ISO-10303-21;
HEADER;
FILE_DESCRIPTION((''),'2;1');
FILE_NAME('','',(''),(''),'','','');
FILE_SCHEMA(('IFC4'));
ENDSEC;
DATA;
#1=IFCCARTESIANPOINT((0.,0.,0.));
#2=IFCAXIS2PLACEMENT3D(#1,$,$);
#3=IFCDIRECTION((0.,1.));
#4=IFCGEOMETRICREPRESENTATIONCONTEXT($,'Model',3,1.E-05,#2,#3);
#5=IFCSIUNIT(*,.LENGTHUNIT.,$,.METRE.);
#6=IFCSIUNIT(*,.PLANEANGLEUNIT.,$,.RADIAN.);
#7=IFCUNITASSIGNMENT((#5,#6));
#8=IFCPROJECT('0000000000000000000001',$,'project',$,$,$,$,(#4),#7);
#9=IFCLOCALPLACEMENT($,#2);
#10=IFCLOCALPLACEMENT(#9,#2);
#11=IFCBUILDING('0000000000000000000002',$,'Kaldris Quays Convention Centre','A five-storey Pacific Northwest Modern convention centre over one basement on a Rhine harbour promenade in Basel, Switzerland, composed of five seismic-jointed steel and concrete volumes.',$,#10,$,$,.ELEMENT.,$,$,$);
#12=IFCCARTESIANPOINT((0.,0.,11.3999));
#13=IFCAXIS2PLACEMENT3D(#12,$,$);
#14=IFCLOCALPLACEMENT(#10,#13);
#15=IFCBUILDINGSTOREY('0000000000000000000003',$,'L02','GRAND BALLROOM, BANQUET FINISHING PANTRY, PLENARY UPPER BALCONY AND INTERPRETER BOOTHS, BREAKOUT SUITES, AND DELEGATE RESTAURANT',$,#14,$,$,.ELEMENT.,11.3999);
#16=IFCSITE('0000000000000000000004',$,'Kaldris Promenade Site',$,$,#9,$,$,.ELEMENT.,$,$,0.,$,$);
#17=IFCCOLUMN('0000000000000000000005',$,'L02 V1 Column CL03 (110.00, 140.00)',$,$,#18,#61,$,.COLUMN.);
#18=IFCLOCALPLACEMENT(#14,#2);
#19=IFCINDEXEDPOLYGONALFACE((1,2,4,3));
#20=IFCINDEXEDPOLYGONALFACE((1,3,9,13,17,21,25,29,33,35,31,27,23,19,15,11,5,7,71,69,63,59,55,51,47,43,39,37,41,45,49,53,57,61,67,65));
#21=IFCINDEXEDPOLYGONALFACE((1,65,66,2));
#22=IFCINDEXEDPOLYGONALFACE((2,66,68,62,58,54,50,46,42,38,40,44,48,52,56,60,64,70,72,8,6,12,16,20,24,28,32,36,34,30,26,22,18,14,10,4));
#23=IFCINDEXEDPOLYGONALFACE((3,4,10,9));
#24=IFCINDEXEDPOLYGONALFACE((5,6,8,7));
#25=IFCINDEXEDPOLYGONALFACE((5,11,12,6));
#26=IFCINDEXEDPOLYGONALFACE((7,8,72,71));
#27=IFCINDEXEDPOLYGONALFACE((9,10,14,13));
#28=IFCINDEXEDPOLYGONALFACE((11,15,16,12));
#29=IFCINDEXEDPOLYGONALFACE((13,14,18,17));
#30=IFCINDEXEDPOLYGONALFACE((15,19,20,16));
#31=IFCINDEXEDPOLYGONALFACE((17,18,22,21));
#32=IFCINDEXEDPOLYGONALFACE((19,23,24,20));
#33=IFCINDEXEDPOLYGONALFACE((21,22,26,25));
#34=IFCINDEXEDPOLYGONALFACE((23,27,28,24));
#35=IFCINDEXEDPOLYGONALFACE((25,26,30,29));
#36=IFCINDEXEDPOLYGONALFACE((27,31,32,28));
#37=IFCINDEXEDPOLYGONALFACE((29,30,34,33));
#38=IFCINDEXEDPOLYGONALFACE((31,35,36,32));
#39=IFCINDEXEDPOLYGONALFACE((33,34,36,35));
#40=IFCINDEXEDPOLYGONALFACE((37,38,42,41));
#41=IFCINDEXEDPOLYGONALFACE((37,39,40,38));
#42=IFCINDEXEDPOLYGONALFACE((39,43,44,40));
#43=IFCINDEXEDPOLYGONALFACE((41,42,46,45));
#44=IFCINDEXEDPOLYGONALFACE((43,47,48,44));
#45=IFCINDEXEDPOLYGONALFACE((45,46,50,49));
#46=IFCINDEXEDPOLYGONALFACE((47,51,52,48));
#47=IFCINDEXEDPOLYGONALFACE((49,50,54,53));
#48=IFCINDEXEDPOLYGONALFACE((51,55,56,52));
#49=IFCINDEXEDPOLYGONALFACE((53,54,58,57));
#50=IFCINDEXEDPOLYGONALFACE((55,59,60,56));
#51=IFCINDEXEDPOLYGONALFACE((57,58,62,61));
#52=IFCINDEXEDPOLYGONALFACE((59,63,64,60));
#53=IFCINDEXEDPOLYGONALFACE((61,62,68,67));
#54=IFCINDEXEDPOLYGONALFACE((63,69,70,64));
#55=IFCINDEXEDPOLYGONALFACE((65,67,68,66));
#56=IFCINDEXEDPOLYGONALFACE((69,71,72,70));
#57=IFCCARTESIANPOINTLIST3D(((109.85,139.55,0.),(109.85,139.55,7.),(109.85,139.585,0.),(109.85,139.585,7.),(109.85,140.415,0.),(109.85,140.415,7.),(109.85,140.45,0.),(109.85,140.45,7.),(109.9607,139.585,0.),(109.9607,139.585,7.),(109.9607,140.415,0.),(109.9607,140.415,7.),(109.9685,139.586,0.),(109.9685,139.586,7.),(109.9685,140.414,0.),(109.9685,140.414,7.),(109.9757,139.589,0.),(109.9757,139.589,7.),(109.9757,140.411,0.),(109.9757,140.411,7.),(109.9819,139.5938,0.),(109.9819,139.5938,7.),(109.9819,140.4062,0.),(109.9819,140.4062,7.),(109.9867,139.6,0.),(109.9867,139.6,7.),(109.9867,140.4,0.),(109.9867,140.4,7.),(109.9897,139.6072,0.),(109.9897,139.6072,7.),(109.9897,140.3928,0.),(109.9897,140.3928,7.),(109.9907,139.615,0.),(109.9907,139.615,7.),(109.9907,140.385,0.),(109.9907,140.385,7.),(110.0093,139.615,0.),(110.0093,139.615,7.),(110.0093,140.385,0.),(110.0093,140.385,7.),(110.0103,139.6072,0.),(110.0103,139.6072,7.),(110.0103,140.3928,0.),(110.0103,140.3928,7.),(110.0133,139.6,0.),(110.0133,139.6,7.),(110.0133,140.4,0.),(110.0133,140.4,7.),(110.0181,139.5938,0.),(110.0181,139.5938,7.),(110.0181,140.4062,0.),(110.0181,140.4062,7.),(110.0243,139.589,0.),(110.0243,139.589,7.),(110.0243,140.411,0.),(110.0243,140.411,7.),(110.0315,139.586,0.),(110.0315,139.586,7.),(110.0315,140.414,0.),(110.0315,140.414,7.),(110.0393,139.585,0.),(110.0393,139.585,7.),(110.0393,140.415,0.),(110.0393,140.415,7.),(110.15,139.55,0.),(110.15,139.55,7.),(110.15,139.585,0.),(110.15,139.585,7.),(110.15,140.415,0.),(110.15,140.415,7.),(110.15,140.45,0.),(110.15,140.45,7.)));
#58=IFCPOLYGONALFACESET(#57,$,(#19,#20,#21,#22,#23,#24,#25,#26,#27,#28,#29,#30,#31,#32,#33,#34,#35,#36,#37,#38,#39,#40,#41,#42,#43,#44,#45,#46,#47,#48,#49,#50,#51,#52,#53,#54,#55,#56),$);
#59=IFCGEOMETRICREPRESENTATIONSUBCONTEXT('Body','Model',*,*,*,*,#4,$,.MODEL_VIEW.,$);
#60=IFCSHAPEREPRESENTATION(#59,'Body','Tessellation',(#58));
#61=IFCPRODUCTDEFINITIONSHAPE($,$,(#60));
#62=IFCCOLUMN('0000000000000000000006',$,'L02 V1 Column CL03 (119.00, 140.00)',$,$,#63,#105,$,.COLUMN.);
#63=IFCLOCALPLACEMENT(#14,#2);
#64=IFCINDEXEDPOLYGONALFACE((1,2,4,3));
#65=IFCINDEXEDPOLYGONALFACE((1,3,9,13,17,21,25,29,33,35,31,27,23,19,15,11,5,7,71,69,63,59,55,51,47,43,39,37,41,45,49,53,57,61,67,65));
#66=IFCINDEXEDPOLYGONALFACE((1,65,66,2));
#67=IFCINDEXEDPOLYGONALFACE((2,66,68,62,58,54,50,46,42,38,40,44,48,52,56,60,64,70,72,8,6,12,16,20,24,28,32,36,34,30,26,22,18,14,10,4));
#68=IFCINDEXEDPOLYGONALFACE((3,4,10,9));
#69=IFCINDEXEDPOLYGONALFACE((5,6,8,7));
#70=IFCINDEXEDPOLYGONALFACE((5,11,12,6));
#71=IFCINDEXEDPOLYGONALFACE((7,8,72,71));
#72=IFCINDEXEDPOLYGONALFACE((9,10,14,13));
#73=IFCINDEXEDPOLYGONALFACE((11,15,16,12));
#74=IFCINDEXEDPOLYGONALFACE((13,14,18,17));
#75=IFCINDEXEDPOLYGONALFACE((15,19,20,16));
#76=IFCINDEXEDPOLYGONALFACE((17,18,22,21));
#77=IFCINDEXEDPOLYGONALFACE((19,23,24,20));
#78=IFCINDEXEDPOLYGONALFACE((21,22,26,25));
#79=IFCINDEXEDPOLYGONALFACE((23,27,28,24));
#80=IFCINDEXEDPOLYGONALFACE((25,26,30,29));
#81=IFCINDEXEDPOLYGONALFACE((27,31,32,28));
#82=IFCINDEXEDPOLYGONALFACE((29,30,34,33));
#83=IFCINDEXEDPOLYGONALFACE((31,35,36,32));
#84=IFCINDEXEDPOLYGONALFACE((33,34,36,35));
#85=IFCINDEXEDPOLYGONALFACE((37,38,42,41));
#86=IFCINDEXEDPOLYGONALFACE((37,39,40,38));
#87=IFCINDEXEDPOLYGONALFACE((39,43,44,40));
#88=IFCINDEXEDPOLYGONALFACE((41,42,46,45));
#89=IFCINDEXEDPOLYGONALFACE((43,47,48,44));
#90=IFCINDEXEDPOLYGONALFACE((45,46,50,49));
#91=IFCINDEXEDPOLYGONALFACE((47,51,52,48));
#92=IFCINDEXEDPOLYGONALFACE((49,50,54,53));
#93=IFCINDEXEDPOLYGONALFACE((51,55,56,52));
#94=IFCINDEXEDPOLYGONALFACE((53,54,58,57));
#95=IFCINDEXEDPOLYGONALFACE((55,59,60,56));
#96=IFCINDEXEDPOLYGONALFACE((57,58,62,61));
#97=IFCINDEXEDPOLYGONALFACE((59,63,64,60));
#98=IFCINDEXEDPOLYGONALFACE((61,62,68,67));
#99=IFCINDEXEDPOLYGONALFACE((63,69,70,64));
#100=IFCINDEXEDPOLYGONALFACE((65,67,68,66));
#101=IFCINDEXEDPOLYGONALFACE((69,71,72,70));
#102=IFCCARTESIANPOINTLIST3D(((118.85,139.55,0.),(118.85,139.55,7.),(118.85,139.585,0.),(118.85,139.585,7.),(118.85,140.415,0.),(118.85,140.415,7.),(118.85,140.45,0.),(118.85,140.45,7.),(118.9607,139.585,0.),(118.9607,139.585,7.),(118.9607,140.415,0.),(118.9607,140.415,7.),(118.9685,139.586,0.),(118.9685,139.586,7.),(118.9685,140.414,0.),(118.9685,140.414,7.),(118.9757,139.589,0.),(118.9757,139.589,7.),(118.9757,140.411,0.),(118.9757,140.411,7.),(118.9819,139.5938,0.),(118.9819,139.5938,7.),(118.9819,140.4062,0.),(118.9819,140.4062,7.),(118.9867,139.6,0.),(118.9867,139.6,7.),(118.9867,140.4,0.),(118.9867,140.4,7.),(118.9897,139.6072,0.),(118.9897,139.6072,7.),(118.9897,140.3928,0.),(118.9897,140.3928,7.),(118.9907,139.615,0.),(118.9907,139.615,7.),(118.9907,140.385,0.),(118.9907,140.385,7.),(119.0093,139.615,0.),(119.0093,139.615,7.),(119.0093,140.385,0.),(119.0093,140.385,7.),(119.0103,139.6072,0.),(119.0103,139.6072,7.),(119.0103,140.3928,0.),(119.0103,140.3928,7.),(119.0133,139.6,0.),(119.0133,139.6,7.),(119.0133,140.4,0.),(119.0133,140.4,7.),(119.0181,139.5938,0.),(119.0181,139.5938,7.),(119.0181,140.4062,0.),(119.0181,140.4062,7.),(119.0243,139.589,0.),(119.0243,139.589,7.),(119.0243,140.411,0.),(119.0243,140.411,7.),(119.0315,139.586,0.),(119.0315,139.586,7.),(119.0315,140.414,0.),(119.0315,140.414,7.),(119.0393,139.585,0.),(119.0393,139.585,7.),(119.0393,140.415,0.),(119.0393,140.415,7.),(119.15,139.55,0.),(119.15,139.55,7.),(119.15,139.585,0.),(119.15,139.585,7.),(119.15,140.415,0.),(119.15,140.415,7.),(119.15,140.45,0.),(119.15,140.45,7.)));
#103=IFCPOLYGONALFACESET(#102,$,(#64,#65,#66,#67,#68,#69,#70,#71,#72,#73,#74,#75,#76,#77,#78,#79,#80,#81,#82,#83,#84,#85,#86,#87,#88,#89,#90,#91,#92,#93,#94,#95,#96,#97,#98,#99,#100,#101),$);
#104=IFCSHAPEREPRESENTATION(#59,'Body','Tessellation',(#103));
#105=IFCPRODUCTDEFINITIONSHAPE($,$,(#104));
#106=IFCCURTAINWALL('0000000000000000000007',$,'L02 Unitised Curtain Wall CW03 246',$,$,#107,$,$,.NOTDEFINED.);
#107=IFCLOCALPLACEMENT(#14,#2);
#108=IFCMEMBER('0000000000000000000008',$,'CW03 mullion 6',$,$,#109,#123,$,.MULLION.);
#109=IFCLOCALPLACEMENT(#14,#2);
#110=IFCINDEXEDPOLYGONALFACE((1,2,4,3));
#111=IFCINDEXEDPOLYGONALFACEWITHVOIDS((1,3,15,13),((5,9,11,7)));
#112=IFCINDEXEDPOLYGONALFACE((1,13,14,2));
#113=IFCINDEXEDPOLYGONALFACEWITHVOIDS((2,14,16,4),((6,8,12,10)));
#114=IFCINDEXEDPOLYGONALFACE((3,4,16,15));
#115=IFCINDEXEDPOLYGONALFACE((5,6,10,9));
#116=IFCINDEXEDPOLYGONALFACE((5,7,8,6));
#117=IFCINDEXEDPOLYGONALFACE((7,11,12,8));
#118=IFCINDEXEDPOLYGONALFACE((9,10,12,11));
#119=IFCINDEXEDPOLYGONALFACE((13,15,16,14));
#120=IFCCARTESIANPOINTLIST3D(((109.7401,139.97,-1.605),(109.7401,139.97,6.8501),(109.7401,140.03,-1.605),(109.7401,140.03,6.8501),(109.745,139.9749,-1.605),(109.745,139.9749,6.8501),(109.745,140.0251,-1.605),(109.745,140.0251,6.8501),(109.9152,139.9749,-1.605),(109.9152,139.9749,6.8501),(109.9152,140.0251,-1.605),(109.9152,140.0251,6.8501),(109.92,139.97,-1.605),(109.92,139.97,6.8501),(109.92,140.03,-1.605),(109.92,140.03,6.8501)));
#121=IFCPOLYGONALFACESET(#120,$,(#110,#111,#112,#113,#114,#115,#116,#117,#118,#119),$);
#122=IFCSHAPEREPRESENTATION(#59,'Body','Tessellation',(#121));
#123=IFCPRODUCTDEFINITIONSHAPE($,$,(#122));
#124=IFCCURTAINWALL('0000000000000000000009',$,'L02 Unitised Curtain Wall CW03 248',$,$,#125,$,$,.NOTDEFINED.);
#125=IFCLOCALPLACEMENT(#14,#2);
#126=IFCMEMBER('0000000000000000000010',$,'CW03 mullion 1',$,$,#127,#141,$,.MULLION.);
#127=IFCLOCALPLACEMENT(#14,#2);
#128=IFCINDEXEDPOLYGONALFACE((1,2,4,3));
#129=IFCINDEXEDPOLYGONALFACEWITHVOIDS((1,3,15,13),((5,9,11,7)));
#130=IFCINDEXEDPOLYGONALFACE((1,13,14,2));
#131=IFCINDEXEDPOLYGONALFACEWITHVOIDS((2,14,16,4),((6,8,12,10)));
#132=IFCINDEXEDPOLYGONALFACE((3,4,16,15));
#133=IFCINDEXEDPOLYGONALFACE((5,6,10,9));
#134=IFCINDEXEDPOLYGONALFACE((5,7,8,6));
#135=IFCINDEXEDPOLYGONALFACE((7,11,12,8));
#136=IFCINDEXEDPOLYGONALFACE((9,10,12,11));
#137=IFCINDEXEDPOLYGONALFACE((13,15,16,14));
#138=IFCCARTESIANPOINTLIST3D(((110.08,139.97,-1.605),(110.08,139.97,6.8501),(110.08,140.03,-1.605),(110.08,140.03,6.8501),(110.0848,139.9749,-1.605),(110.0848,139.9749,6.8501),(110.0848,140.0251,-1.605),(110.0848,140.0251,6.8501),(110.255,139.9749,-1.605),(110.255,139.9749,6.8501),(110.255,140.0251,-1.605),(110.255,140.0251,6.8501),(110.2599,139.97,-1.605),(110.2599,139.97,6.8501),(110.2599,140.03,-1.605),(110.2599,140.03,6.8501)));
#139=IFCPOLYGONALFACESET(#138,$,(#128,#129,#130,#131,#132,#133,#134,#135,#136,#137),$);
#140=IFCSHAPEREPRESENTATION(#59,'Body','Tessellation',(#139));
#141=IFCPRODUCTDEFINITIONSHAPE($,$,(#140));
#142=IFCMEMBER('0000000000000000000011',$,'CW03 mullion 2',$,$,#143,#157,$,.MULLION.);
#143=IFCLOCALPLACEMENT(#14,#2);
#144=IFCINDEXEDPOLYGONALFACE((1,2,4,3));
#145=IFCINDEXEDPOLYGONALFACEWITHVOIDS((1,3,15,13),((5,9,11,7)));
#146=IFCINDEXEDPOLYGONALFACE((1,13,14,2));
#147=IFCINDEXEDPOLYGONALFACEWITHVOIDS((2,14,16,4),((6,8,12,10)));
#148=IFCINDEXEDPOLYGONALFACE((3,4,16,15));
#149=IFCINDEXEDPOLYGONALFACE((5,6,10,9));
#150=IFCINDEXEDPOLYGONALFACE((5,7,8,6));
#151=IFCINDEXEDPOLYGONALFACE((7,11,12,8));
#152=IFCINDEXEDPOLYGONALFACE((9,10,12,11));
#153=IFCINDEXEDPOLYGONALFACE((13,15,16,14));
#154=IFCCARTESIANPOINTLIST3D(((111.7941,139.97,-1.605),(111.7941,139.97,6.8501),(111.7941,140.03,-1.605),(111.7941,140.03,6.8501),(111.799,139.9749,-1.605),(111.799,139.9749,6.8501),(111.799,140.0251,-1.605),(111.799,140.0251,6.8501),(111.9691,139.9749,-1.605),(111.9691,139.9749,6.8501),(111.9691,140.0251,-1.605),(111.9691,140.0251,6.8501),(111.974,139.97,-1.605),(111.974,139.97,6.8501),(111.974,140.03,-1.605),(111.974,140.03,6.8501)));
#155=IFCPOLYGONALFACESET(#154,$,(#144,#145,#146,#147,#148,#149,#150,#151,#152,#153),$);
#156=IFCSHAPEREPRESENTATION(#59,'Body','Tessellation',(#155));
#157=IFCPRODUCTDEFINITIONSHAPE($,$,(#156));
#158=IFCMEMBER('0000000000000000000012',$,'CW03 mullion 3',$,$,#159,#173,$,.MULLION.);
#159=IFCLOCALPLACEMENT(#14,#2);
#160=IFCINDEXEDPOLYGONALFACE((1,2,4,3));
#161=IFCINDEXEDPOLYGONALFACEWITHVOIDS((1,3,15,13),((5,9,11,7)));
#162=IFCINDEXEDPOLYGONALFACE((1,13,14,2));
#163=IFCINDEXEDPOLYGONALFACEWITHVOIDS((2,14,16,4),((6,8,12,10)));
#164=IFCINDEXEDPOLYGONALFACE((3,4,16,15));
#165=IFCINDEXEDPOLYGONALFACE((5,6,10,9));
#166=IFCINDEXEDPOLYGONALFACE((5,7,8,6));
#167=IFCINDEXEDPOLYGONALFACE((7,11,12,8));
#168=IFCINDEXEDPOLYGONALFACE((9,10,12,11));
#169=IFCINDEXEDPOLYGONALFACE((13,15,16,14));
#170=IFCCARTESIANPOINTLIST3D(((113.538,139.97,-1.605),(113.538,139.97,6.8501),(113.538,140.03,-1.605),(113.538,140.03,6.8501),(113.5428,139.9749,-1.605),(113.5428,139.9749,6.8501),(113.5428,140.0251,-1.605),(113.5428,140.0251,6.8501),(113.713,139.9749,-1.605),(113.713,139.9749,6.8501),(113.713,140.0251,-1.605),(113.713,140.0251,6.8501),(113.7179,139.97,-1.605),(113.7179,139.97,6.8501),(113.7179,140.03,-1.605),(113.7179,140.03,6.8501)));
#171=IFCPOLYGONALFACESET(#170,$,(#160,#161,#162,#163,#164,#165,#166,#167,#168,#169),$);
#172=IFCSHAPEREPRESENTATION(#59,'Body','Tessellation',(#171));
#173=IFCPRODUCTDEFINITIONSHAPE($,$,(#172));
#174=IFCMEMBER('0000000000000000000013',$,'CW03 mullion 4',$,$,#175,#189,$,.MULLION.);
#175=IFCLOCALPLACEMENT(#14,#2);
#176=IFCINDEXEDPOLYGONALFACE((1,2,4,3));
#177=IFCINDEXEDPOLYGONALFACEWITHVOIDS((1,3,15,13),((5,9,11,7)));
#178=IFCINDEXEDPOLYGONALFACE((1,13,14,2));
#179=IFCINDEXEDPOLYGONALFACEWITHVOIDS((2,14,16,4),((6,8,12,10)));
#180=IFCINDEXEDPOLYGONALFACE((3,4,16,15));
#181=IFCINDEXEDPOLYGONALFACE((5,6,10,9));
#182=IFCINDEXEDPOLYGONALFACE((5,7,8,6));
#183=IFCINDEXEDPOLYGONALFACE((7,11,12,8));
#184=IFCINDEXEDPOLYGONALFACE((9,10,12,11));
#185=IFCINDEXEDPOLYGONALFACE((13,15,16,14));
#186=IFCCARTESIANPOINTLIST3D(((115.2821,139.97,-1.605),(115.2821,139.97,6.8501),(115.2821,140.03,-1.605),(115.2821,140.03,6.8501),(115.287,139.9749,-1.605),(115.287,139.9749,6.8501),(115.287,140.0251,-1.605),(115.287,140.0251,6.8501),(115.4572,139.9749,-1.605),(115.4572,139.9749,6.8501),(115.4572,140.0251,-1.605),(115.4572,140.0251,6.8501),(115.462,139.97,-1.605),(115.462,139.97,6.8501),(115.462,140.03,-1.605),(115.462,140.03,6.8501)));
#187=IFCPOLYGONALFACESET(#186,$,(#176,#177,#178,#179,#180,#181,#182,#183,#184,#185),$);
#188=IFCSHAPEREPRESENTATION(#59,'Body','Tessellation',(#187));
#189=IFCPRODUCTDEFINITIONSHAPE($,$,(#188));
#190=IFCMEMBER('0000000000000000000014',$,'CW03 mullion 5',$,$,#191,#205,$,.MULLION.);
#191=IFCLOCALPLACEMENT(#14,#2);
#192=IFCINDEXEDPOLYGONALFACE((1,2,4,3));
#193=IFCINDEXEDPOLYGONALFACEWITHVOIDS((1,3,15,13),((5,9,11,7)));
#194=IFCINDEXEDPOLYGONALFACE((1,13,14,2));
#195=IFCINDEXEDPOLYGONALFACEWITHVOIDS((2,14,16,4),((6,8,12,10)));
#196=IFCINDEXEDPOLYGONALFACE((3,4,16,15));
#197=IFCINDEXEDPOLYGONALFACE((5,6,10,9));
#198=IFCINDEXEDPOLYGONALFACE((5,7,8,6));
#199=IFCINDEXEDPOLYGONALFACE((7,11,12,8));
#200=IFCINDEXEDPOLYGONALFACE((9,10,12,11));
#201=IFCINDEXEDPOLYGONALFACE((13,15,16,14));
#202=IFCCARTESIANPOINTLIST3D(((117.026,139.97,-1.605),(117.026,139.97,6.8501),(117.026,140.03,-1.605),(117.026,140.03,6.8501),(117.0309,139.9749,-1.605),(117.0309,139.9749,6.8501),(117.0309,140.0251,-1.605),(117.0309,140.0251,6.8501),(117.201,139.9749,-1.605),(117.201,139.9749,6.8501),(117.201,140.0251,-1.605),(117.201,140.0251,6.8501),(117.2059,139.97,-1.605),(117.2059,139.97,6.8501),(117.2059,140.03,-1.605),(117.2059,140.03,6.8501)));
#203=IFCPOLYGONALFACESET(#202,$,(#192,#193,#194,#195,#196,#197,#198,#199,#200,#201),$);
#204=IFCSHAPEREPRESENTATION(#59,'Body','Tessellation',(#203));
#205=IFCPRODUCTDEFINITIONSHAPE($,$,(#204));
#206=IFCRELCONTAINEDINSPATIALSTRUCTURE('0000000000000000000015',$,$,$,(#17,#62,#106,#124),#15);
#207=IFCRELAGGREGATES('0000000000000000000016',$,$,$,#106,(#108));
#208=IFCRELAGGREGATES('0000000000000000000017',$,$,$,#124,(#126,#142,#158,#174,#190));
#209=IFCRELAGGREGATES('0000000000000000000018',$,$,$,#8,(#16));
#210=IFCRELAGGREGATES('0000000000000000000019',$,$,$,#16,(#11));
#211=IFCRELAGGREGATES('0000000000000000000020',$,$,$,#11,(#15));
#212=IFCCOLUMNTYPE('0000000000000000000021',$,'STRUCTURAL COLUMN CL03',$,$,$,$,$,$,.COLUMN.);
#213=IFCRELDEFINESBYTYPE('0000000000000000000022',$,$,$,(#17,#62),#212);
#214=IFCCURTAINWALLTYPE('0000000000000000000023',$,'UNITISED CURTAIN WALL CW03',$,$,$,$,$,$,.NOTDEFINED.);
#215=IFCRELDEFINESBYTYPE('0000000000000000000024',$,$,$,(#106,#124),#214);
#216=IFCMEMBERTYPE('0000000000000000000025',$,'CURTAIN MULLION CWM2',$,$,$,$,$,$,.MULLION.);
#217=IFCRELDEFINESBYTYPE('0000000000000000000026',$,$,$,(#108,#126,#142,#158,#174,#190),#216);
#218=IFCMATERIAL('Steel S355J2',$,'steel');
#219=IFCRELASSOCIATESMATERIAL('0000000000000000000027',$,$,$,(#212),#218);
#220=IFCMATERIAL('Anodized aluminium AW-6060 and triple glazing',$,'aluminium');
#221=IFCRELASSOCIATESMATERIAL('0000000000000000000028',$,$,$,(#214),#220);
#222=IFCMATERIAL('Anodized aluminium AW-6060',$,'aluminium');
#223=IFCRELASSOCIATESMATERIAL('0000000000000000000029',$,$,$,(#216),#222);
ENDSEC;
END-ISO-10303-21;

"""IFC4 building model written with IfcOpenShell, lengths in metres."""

from ifc_helpers import new_model, si_unit, direction, frame, origin, origin_2d, place, context, subcontext, project, spatial, hollow_rectangle, i_section, extrude, material, material_profile, profile_set, type_object, element, aggregate, save


model = new_model("IFC4")

# Units and contexts
model_context = context("Model", 3, precision=1e-05, world=origin(), true_north=direction((0.0, 1.0)))
body_context = subcontext(model_context, "Body", "Model", "MODEL_VIEW")
ifc_project = project(units=[si_unit("LENGTHUNIT", "METRE"), si_unit("PLANEANGLEUNIT", "RADIAN")], contexts=[model_context])

# Site, building, storey
site_placement = place(None, origin())
site = spatial("IfcSite", under=ifc_project, at=site_placement, Name="Kaldris Promenade Site", CompositionType="ELEMENT", RefElevation=0.0)
building_placement = place(site_placement, origin())
building = spatial("IfcBuilding", under=site, at=building_placement, Name="Kaldris Quays Convention Centre", Description="A five-storey Pacific Northwest Modern convention centre over one basement on a Rhine harbour promenade in Basel, Switzerland, composed of five seismic-jointed steel and concrete volumes.", CompositionType="ELEMENT")
storey_placement = place(building_placement, frame((0.0, 0.0, 11.3999)))
storey = spatial("IfcBuildingStorey", under=building, at=storey_placement, Name="L02", Description="GRAND BALLROOM, BANQUET FINISHING PANTRY, PLENARY UPPER BALCONY AND INTERPRETER BOOTHS, BREAKOUT SUITES, AND DELEGATE RESTAURANT", CompositionType="ELEMENT", Elevation=11.3999)

# Columns
ifc_material_1 = material(Name="Steel S355J2", Category="steel")
ifc_material_profile_1 = material_profile(ifc_material_1, i_section(OverallWidth=0.3, OverallDepth=0.8999, WebThickness=0.0186, FlangeThickness=0.0349, FilletRadius=0.03, at=origin_2d()), Name="HEB 900")
ifc_profile_set_1 = profile_set([ifc_material_profile_1], Name="Steel S355J2")
column_type = type_object("IfcColumnType", Name="STRUCTURAL COLUMN CL03", PredefinedType="COLUMN", material=ifc_profile_set_1)
for number, where, z_axis, x_axis, name in (
    (1, (110.0, 140.0, 0.0), (0.0, 0.0, 1.0), (1.0, 0.0, 0.0), "L02 V1 Column CL03 (110.00, 140.00)"),
    (2, (119.0, 140.0, 0.0), (0.0, 0.0, 1.0), (1.0, 0.0, 0.0), "L02 V1 Column CL03 (119.00, 140.00)"),
):
    element("IfcColumn", number, at=place(storey_placement, frame(where, z_axis=z_axis, x_axis=x_axis)), inside=storey, type_object=column_type, Name=name, PredefinedType="COLUMN", context=body_context, shape_type="SweptSolid", body=[
        extrude(i_section(OverallWidth=0.3, OverallDepth=0.8999, WebThickness=0.0186, FlangeThickness=0.0349, FilletRadius=0.03, at=origin_2d()), origin(), (0.0, 0.0, 1.0), 7.0),
    ])

# Curtain wall, member
ifc_material_2 = material(Name="Anodized aluminium AW-6060 and triple glazing", Category="aluminium")
curtain_wall_type = type_object("IfcCurtainWallType", Name="UNITISED CURTAIN WALL CW03", PredefinedType="NOTDEFINED", material=ifc_material_2)
curtain_wall_1_placement = place(storey_placement, origin())
curtain_wall_1 = element("IfcCurtainWall", 3, at=curtain_wall_1_placement, inside=storey, type_object=curtain_wall_type, Name="L02 Unitised Curtain Wall CW03 246", PredefinedType="NOTDEFINED")
ifc_material_3 = material(Name="Anodized aluminium AW-6060", Category="aluminium")
ifc_material_profile_2 = material_profile(ifc_material_3, hollow_rectangle(XDim=0.0601, YDim=0.1799, WallThickness=0.0049, at=origin_2d()), Name="RHS 180x60x5")
ifc_profile_set_2 = profile_set([ifc_material_profile_2], Name="Anodized aluminium AW-6060")
member_type_1 = type_object("IfcMemberType", Name="CURTAIN MULLION CWM2", PredefinedType="MULLION", material=ifc_profile_set_2)
member_1_placement = place(storey_placement, frame((109.8301, 140.0, -1.605), z_axis=(0.0, 0.0, 1.0), x_axis=(0.0, 1.0, 0.0)))
member_1 = element("IfcMember", 4, at=member_1_placement, type_object=member_type_1, Name="CW03 mullion 6", PredefinedType="MULLION", context=body_context, shape_type="SweptSolid", body=[
    extrude(hollow_rectangle(XDim=0.0601, YDim=0.1799, WallThickness=0.0049, at=origin_2d()), origin(), (0.0, 0.0, 1.0), 8.4551),
])

# Curtain wall, members
curtain_wall_2_placement = place(storey_placement, origin())
curtain_wall_2 = element("IfcCurtainWall", 5, at=curtain_wall_2_placement, inside=storey, type_object=curtain_wall_type, Name="L02 Unitised Curtain Wall CW03 248", PredefinedType="NOTDEFINED")
member_2_placement = place(storey_placement, frame((110.1699, 140.0, -1.605), z_axis=(0.0, 0.0, 1.0), x_axis=(0.0, 1.0, 0.0)))
member_2 = element("IfcMember", 6, at=member_2_placement, type_object=member_type_1, Name="CW03 mullion 1", PredefinedType="MULLION", context=body_context, shape_type="SweptSolid", body=[
    extrude(hollow_rectangle(XDim=0.0601, YDim=0.1799, WallThickness=0.0049, at=origin_2d()), origin(), (0.0, 0.0, 1.0), 8.4551),
])
member_3_placement = place(storey_placement, frame((111.884, 140.0, -1.605), z_axis=(0.0, 0.0, 1.0), x_axis=(0.0, 1.0, 0.0)))
member_3 = element("IfcMember", 7, at=member_3_placement, type_object=member_type_1, Name="CW03 mullion 2", PredefinedType="MULLION", context=body_context, shape_type="SweptSolid", body=[
    extrude(hollow_rectangle(XDim=0.0601, YDim=0.1799, WallThickness=0.0049, at=origin_2d()), origin(), (0.0, 0.0, 1.0), 8.4551),
])
member_4_placement = place(storey_placement, frame((113.6279, 140.0, -1.605), z_axis=(0.0, 0.0, 1.0), x_axis=(0.0, 1.0, 0.0)))
member_4 = element("IfcMember", 8, at=member_4_placement, type_object=member_type_1, Name="CW03 mullion 3", PredefinedType="MULLION", context=body_context, shape_type="SweptSolid", body=[
    extrude(hollow_rectangle(XDim=0.0601, YDim=0.1799, WallThickness=0.0049, at=origin_2d()), origin(), (0.0, 0.0, 1.0), 8.4551),
])
member_5_placement = place(storey_placement, frame((115.3721, 140.0, -1.605), z_axis=(0.0, 0.0, 1.0), x_axis=(0.0, 1.0, 0.0)))
member_5 = element("IfcMember", 9, at=member_5_placement, type_object=member_type_1, Name="CW03 mullion 4", PredefinedType="MULLION", context=body_context, shape_type="SweptSolid", body=[
    extrude(hollow_rectangle(XDim=0.0601, YDim=0.1799, WallThickness=0.0049, at=origin_2d()), origin(), (0.0, 0.0, 1.0), 8.4551),
])
member_6_placement = place(storey_placement, frame((117.116, 140.0, -1.605), z_axis=(0.0, 0.0, 1.0), x_axis=(0.0, 1.0, 0.0)))
member_6 = element("IfcMember", 10, at=member_6_placement, type_object=member_type_1, Name="CW03 mullion 5", PredefinedType="MULLION", context=body_context, shape_type="SweptSolid", body=[
    extrude(hollow_rectangle(XDim=0.0601, YDim=0.1799, WallThickness=0.0049, at=origin_2d()), origin(), (0.0, 0.0, 1.0), 8.4551),
])

aggregate(curtain_wall_1, [member_1])
aggregate(curtain_wall_2, [member_2, member_3, member_4, member_5, member_6])

save(model, "model.ifc")
